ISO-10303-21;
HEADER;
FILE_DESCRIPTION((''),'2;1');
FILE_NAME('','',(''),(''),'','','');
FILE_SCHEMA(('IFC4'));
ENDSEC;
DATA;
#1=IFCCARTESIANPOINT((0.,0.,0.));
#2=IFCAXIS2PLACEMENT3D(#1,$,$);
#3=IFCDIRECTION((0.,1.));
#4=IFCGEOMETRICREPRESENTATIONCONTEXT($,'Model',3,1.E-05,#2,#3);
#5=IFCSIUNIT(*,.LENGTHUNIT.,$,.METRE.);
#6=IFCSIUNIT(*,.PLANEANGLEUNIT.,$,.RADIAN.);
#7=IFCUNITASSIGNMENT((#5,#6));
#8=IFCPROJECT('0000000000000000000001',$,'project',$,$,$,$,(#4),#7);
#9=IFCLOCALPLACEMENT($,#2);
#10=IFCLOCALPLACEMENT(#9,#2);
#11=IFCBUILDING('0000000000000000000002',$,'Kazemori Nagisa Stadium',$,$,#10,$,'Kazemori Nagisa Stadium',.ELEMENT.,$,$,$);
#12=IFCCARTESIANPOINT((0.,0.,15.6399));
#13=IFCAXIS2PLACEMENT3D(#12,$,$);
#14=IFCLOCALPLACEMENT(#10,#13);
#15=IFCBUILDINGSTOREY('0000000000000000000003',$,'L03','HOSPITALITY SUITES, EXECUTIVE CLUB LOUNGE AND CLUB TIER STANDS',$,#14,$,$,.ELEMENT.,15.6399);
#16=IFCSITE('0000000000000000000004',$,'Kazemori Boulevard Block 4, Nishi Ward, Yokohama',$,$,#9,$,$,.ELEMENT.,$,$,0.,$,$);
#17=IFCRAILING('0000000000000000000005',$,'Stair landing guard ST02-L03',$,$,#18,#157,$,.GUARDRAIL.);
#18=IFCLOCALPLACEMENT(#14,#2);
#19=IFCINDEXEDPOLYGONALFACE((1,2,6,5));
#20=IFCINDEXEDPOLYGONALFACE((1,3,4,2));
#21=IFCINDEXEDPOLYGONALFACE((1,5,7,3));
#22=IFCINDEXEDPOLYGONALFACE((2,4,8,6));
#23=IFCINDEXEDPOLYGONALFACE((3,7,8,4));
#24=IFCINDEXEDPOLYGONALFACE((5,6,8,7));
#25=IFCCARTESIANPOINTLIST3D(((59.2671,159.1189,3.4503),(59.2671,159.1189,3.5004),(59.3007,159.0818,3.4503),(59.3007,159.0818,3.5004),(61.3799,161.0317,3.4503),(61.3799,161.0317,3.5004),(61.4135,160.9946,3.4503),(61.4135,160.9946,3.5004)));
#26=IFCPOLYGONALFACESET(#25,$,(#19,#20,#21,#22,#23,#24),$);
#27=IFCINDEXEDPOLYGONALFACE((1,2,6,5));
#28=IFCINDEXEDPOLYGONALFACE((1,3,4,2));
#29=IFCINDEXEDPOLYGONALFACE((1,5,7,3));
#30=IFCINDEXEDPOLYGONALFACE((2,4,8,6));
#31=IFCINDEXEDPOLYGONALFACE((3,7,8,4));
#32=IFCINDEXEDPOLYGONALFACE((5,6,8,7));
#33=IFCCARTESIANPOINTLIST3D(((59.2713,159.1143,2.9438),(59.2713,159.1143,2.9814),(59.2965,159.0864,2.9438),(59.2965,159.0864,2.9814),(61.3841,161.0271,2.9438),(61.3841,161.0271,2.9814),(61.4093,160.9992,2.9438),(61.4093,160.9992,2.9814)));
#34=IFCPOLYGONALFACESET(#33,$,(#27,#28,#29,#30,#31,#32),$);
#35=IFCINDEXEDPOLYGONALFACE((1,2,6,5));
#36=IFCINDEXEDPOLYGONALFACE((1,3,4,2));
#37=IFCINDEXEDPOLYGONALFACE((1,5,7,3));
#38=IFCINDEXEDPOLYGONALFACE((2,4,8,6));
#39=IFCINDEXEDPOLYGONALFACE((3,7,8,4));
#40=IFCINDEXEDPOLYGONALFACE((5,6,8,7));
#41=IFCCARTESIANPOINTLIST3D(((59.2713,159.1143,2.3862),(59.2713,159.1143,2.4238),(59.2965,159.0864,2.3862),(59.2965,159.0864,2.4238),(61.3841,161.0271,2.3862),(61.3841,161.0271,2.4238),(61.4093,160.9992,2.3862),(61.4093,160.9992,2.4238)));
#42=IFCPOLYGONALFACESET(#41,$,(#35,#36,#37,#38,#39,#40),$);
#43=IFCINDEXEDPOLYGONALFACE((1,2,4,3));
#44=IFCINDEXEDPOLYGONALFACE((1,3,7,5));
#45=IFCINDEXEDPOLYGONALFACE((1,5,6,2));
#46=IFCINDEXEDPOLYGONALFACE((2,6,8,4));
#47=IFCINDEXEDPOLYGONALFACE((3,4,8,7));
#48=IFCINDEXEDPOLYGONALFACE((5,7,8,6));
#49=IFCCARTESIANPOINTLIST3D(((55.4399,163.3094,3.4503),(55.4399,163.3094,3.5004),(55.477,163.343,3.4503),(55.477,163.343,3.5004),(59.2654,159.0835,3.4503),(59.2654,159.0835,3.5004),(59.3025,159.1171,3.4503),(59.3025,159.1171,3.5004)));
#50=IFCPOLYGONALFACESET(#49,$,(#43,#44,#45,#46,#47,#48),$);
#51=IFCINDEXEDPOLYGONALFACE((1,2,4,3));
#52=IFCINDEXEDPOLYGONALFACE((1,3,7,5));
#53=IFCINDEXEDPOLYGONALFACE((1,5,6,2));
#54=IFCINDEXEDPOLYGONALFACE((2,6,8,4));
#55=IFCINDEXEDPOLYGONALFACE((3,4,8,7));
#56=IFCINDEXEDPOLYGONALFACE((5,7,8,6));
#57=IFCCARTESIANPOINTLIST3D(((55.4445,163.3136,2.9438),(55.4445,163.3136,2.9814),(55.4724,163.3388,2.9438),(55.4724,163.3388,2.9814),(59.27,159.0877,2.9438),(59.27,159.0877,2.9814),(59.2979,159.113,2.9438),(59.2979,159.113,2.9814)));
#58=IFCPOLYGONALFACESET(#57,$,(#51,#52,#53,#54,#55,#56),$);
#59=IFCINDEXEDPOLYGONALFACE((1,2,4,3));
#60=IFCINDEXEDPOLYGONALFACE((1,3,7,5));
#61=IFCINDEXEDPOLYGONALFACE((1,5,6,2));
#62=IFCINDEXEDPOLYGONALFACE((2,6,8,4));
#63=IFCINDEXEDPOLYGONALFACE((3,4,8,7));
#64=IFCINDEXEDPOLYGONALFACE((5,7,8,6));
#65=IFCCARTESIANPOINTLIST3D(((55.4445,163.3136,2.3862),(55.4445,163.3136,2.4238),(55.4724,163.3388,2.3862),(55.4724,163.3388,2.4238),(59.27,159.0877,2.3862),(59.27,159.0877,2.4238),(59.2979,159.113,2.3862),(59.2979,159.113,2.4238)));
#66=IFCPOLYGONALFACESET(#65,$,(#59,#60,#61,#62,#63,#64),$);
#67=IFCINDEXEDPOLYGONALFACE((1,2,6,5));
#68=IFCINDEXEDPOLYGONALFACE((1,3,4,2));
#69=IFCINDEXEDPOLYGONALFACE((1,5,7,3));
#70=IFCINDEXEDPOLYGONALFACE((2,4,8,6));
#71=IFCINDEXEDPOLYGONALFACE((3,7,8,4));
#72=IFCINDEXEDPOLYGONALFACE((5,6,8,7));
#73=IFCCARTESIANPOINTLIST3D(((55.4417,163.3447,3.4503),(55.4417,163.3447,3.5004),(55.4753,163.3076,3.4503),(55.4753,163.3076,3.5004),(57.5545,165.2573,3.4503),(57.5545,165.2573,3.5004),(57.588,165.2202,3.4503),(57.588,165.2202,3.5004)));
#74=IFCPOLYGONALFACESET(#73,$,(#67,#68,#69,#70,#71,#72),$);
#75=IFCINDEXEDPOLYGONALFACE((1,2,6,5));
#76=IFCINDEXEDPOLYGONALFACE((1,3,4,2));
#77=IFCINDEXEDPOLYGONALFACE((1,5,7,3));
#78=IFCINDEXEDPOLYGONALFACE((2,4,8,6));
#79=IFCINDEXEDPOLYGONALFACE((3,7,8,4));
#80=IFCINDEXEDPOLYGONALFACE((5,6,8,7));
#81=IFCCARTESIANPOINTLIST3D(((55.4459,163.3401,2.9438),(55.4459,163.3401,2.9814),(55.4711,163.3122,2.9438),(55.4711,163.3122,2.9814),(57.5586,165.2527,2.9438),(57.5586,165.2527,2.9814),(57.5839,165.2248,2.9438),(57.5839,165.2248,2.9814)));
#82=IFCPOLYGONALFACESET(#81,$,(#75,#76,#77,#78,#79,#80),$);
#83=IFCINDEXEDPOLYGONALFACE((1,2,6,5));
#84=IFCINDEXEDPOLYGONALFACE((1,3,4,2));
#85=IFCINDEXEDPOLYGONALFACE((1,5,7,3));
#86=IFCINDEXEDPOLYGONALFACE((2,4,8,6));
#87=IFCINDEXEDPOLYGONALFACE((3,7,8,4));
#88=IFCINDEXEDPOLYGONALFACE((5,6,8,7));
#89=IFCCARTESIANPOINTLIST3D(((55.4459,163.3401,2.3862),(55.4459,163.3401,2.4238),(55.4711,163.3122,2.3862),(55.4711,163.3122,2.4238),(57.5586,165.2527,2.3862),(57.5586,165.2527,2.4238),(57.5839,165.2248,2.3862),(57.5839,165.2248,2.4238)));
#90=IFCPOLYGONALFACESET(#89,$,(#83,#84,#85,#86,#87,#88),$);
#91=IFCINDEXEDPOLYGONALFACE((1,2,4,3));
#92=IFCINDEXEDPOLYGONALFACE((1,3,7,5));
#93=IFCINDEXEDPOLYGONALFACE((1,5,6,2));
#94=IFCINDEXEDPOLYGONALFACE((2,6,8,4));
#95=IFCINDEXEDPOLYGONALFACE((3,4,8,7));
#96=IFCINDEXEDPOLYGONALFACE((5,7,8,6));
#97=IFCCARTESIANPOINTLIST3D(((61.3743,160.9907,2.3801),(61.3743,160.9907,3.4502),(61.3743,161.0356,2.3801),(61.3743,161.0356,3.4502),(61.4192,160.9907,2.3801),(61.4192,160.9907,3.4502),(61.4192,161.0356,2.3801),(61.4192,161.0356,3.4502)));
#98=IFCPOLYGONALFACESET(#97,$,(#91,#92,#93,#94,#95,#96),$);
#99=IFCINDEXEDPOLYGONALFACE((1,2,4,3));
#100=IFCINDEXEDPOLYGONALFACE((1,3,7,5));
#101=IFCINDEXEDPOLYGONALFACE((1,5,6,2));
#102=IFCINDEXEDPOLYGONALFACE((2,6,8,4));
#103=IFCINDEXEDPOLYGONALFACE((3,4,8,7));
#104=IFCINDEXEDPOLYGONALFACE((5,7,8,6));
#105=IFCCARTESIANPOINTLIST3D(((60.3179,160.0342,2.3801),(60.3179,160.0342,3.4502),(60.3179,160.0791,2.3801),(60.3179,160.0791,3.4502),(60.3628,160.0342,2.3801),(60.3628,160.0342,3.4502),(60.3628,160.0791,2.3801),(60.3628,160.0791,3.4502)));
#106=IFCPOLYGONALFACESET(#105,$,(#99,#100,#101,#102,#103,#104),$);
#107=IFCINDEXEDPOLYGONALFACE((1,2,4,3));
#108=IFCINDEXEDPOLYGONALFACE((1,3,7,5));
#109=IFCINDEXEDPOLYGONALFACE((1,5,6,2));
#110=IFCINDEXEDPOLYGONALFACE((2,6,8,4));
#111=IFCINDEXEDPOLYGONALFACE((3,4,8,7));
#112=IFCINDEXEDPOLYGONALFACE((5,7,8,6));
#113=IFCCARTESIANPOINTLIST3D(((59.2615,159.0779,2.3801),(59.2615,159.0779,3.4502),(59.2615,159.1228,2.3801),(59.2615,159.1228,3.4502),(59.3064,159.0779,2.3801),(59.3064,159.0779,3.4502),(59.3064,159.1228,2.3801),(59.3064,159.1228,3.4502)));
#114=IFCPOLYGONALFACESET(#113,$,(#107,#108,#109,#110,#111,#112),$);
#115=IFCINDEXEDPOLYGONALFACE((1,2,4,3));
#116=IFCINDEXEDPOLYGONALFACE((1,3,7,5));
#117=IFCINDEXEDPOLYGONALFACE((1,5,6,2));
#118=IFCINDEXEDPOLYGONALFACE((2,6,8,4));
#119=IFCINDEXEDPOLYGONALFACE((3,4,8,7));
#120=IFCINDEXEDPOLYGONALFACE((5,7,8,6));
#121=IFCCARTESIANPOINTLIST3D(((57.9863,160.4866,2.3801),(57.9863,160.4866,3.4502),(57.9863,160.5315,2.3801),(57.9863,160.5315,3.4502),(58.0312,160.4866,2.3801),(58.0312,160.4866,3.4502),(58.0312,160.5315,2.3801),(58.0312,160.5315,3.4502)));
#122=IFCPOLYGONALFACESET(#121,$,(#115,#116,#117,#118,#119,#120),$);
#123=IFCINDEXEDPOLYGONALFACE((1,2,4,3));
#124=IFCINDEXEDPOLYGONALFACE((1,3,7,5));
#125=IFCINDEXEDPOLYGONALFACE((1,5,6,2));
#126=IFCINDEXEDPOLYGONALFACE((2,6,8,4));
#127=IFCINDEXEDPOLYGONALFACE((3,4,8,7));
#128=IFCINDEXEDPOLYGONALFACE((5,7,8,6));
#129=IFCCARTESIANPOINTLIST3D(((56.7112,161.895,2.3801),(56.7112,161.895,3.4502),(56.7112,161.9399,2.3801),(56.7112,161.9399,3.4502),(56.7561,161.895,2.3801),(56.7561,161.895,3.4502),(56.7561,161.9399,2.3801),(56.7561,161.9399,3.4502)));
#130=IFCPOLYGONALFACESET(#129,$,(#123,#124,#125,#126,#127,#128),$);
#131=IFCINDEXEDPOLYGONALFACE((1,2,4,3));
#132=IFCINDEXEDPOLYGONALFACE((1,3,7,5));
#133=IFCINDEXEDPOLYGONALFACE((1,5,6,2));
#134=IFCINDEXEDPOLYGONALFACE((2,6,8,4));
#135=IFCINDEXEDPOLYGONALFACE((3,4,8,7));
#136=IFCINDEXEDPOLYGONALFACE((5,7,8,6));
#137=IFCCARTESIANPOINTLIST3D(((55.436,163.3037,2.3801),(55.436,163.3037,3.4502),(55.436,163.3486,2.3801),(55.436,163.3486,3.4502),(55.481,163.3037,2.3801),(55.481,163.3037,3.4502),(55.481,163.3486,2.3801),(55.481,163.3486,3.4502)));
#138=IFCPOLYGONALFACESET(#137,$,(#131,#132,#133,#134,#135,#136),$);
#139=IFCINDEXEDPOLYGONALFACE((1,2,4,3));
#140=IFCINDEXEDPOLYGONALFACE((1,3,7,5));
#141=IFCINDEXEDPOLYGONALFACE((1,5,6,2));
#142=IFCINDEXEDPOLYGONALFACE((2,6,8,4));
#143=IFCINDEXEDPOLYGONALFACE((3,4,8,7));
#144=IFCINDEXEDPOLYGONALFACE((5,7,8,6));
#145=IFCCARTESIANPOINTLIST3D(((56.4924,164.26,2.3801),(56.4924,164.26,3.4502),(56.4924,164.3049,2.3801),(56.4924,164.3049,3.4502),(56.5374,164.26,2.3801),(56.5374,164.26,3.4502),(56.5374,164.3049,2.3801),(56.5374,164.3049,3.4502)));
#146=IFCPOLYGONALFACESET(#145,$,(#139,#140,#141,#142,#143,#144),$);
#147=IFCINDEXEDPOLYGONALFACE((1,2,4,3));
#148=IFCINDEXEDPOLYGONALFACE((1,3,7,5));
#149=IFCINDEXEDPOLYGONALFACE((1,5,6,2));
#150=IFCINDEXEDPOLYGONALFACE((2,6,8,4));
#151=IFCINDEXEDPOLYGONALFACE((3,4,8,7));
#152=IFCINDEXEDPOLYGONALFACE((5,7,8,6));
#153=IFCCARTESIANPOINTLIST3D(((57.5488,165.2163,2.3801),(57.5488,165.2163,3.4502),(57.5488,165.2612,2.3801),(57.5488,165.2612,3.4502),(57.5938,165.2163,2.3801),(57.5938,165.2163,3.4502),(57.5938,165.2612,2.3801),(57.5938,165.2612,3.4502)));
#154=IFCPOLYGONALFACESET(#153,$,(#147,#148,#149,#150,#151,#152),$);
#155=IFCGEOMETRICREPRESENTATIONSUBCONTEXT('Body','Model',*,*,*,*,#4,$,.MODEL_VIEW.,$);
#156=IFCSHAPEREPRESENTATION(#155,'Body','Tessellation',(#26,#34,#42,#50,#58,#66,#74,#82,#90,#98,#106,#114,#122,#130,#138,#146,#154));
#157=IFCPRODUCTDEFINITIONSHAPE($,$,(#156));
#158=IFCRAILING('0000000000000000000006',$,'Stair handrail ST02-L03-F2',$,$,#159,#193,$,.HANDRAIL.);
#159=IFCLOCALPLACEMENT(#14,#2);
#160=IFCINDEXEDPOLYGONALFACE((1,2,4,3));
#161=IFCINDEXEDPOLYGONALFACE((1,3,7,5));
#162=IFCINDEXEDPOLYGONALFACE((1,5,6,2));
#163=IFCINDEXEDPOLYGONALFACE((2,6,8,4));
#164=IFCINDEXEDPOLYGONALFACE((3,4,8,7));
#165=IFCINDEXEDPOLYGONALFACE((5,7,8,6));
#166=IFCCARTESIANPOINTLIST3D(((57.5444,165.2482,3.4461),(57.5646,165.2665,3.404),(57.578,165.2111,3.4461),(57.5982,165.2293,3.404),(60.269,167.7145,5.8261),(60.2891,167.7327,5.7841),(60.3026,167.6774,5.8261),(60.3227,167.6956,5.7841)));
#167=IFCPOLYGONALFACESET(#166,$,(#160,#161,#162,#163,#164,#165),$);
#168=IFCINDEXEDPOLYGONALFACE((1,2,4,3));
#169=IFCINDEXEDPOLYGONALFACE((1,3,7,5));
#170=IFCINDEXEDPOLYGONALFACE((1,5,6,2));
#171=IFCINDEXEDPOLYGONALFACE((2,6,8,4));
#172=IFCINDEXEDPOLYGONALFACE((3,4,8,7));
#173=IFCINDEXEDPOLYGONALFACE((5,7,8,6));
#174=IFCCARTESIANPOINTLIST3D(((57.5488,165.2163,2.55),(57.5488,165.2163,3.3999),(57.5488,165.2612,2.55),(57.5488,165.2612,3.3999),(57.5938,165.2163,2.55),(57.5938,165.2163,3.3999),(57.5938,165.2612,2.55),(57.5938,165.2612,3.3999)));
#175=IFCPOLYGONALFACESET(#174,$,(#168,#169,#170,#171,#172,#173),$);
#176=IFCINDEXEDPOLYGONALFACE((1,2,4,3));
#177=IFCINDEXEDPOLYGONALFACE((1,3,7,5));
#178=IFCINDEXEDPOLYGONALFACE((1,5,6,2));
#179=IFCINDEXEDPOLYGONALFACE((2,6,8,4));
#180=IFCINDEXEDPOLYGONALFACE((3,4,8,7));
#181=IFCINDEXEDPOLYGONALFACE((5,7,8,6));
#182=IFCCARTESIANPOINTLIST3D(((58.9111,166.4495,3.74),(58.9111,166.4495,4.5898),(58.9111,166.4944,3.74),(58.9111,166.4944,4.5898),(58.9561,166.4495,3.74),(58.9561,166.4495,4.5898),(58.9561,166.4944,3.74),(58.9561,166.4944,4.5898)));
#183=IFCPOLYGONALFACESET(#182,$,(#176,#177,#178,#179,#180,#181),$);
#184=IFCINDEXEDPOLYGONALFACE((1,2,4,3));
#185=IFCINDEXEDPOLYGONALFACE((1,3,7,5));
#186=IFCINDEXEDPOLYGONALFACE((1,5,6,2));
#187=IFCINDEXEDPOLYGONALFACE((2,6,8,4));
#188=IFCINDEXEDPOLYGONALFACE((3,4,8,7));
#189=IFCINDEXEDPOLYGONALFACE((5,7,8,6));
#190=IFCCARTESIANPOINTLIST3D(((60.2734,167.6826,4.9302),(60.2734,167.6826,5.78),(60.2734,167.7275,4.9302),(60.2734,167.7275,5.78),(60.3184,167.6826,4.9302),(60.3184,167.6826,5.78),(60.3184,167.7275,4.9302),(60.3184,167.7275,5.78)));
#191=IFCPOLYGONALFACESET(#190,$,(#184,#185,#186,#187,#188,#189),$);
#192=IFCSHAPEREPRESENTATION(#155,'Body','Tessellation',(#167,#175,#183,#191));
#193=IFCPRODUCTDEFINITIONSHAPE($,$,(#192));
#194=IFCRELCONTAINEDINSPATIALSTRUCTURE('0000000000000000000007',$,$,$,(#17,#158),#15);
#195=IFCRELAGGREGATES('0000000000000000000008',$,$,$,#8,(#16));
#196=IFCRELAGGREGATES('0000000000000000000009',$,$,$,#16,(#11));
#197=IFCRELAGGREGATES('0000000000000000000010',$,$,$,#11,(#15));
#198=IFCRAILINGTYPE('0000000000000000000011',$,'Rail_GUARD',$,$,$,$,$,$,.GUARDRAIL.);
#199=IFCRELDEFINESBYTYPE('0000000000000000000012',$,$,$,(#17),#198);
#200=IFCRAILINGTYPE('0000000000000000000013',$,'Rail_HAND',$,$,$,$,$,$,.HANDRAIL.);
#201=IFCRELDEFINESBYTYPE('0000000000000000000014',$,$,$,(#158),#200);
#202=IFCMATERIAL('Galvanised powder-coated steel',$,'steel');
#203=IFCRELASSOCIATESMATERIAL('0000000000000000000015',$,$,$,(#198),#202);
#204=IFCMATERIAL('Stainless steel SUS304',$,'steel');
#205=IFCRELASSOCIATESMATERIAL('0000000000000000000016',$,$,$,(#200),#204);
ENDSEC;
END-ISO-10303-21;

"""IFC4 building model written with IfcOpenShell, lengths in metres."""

from ifc_helpers import new_model, si_unit, direction, frame, origin, origin_2d, place, context, subcontext, project, spatial, rectangle, extrude, material, type_object, element, save


model = new_model("IFC4")

# Units and contexts
model_context = context("Model", 3, precision=1e-05, world=origin(), true_north=direction((0.0, 1.0)))
body_context = subcontext(model_context, "Body", "Model", "MODEL_VIEW")
ifc_project = project(units=[si_unit("LENGTHUNIT", "METRE"), si_unit("PLANEANGLEUNIT", "RADIAN")], contexts=[model_context])

# Site, building, storey
site_placement = place(None, origin())
site = spatial("IfcSite", under=ifc_project, at=site_placement, Name="Kazemori Boulevard Block 4, Nishi Ward, Yokohama", CompositionType="ELEMENT", RefElevation=0.0)
building_placement = place(site_placement, origin())
building = spatial("IfcBuilding", under=site, at=building_placement, Name="Kazemori Nagisa Stadium", LongName="Kazemori Nagisa Stadium", CompositionType="ELEMENT")
storey_placement = place(building_placement, frame((0.0, 0.0, 15.6399)))
storey = spatial("IfcBuildingStorey", under=building, at=storey_placement, Name="L03", Description="HOSPITALITY SUITES, EXECUTIVE CLUB LOUNGE AND CLUB TIER STANDS", CompositionType="ELEMENT", Elevation=15.6399)

# Shared definitions
ifc_material_1 = material(Name="Stainless steel SUS304", Category="steel")

# Railings
ifc_material_2 = material(Name="Galvanised powder-coated steel", Category="steel")
railing_type_1 = type_object("IfcRailingType", Name="Rail_GUARD", PredefinedType="GUARDRAIL", material=ifc_material_2)
railing_1_placement = place(storey_placement, frame((61.3967, 161.0132, 2.3801)))
element("IfcRailing", 1, at=railing_1_placement, inside=storey, type_object=railing_type_1, Name="Stair landing guard ST02-L03", PredefinedType="GUARDRAIL", context=body_context, shape_type="SweptSolid", body=[
    extrude(rectangle(XDim=0.05, YDim=0.05, at=origin_2d()), frame((0.0, 0.0, 1.0952), z_axis=(-0.741315, -0.671158, 0.0), x_axis=(0.671158, -0.741315, 0.0)), (0.0, 0.0, 1.0), 2.8501),
    extrude(rectangle(XDim=0.0376, YDim=0.0376, at=origin_2d()), frame((0.0, 0.0, 0.5825), z_axis=(-0.741315, -0.671158, 0.0), x_axis=(0.671158, -0.741315, 0.0)), (0.0, 0.0, 1.0), 2.8501),
    extrude(rectangle(XDim=0.0376, YDim=0.0376, at=origin_2d()), frame((0.0, 0.0, 0.0249), z_axis=(-0.741315, -0.671158, 0.0), x_axis=(0.671158, -0.741315, 0.0)), (0.0, 0.0, 1.0), 2.8501),
    extrude(rectangle(XDim=0.05, YDim=0.05, at=origin_2d()), frame((-2.1128, -1.9128, 1.0952), z_axis=(-0.671113, 0.741355, 0.0), x_axis=(-0.741355, -0.671113, 0.0)), (0.0, 0.0, 1.0), 5.7002),
    extrude(rectangle(XDim=0.0376, YDim=0.0376, at=origin_2d()), frame((-2.1128, -1.9128, 0.5825), z_axis=(-0.671113, 0.741355, 0.0), x_axis=(-0.741355, -0.671113, 0.0)), (0.0, 0.0, 1.0), 5.7002),
    extrude(rectangle(XDim=0.0376, YDim=0.0376, at=origin_2d()), frame((-2.1128, -1.9128, 0.0249), z_axis=(-0.671113, 0.741355, 0.0), x_axis=(-0.741355, -0.671113, 0.0)), (0.0, 0.0, 1.0), 5.7002),
    extrude(rectangle(XDim=0.05, YDim=0.05, at=origin_2d()), frame((-5.9382, 2.313, 1.0952), z_axis=(0.741357, 0.671111, 0.0), x_axis=(-0.671111, 0.741357, 0.0)), (0.0, 0.0, 1.0), 2.8499),
    extrude(rectangle(XDim=0.0376, YDim=0.0376, at=origin_2d()), frame((-5.9382, 2.313, 0.5825), z_axis=(0.741357, 0.671111, 0.0), x_axis=(-0.671111, 0.741357, 0.0)), (0.0, 0.0, 1.0), 2.8499),
    extrude(rectangle(XDim=0.0376, YDim=0.0376, at=origin_2d()), frame((-5.9382, 2.313, 0.0249), z_axis=(0.741357, 0.671111, 0.0), x_axis=(-0.671111, 0.741357, 0.0)), (0.0, 0.0, 1.0), 2.8499),
    extrude(rectangle(XDim=0.0449, YDim=0.0449, at=origin_2d()), origin(), (0.0, 0.0, 1.0), 1.0701),
    extrude(rectangle(XDim=0.0449, YDim=0.0449, at=origin_2d()), frame((-1.0564, -0.9565, 0.0)), (0.0, 0.0, 1.0), 1.0701),
    extrude(rectangle(XDim=0.0449, YDim=0.0449, at=origin_2d()), frame((-2.1128, -1.9128, 0.0)), (0.0, 0.0, 1.0), 1.0701),
    extrude(rectangle(XDim=0.0449, YDim=0.0449, at=origin_2d()), frame((-3.3879, -0.5042, 0.0)), (0.0, 0.0, 1.0), 1.0701),
    extrude(rectangle(XDim=0.0449, YDim=0.0449, at=origin_2d()), frame((-4.6631, 0.9043, 0.0)), (0.0, 0.0, 1.0), 1.0701),
    extrude(rectangle(XDim=0.0449, YDim=0.0449, at=origin_2d()), frame((-5.9382, 2.313, 0.0)), (0.0, 0.0, 1.0), 1.0701),
    extrude(rectangle(XDim=0.0449, YDim=0.0449, at=origin_2d()), frame((-4.8818, 3.2693, 0.0)), (0.0, 0.0, 1.0), 1.0701),
    extrude(rectangle(XDim=0.0449, YDim=0.0449, at=origin_2d()), frame((-3.8254, 4.2256, 0.0)), (0.0, 0.0, 1.0), 1.0701),
])
railing_type_2 = type_object("IfcRailingType", Name="Rail_HAND", PredefinedType="HANDRAIL", material=ifc_material_1)
railing_2_placement = place(storey_placement, frame((57.5713, 165.2388, 2.55)))
element("IfcRailing", 2, at=railing_2_placement, inside=storey, type_object=railing_type_2, Name="Stair handrail ST02-L03-F2", PredefinedType="HANDRAIL", context=body_context, shape_type="SweptSolid", body=[
    extrude(rectangle(XDim=0.05, YDim=0.05, at=origin_2d()), frame((0.0, 0.0, 0.875), z_axis=(0.622271, 0.563278, 0.543595), x_axis=(-0.671091, 0.741375, 0.0)), (0.0, 0.0, 1.0), 4.3784),
    extrude(rectangle(XDim=0.0449, YDim=0.0449, at=origin_2d()), origin(), (0.0, 0.0, 1.0), 0.8499),
    extrude(rectangle(XDim=0.0449, YDim=0.0449, at=origin_2d()), frame((1.3623, 1.2332, 1.1899)), (0.0, 0.0, 1.0), 0.8499),
    extrude(rectangle(XDim=0.0449, YDim=0.0449, at=origin_2d()), frame((2.7246, 2.4663, 2.3801)), (0.0, 0.0, 1.0), 0.8499),
])

save(model, "model.ifc")
